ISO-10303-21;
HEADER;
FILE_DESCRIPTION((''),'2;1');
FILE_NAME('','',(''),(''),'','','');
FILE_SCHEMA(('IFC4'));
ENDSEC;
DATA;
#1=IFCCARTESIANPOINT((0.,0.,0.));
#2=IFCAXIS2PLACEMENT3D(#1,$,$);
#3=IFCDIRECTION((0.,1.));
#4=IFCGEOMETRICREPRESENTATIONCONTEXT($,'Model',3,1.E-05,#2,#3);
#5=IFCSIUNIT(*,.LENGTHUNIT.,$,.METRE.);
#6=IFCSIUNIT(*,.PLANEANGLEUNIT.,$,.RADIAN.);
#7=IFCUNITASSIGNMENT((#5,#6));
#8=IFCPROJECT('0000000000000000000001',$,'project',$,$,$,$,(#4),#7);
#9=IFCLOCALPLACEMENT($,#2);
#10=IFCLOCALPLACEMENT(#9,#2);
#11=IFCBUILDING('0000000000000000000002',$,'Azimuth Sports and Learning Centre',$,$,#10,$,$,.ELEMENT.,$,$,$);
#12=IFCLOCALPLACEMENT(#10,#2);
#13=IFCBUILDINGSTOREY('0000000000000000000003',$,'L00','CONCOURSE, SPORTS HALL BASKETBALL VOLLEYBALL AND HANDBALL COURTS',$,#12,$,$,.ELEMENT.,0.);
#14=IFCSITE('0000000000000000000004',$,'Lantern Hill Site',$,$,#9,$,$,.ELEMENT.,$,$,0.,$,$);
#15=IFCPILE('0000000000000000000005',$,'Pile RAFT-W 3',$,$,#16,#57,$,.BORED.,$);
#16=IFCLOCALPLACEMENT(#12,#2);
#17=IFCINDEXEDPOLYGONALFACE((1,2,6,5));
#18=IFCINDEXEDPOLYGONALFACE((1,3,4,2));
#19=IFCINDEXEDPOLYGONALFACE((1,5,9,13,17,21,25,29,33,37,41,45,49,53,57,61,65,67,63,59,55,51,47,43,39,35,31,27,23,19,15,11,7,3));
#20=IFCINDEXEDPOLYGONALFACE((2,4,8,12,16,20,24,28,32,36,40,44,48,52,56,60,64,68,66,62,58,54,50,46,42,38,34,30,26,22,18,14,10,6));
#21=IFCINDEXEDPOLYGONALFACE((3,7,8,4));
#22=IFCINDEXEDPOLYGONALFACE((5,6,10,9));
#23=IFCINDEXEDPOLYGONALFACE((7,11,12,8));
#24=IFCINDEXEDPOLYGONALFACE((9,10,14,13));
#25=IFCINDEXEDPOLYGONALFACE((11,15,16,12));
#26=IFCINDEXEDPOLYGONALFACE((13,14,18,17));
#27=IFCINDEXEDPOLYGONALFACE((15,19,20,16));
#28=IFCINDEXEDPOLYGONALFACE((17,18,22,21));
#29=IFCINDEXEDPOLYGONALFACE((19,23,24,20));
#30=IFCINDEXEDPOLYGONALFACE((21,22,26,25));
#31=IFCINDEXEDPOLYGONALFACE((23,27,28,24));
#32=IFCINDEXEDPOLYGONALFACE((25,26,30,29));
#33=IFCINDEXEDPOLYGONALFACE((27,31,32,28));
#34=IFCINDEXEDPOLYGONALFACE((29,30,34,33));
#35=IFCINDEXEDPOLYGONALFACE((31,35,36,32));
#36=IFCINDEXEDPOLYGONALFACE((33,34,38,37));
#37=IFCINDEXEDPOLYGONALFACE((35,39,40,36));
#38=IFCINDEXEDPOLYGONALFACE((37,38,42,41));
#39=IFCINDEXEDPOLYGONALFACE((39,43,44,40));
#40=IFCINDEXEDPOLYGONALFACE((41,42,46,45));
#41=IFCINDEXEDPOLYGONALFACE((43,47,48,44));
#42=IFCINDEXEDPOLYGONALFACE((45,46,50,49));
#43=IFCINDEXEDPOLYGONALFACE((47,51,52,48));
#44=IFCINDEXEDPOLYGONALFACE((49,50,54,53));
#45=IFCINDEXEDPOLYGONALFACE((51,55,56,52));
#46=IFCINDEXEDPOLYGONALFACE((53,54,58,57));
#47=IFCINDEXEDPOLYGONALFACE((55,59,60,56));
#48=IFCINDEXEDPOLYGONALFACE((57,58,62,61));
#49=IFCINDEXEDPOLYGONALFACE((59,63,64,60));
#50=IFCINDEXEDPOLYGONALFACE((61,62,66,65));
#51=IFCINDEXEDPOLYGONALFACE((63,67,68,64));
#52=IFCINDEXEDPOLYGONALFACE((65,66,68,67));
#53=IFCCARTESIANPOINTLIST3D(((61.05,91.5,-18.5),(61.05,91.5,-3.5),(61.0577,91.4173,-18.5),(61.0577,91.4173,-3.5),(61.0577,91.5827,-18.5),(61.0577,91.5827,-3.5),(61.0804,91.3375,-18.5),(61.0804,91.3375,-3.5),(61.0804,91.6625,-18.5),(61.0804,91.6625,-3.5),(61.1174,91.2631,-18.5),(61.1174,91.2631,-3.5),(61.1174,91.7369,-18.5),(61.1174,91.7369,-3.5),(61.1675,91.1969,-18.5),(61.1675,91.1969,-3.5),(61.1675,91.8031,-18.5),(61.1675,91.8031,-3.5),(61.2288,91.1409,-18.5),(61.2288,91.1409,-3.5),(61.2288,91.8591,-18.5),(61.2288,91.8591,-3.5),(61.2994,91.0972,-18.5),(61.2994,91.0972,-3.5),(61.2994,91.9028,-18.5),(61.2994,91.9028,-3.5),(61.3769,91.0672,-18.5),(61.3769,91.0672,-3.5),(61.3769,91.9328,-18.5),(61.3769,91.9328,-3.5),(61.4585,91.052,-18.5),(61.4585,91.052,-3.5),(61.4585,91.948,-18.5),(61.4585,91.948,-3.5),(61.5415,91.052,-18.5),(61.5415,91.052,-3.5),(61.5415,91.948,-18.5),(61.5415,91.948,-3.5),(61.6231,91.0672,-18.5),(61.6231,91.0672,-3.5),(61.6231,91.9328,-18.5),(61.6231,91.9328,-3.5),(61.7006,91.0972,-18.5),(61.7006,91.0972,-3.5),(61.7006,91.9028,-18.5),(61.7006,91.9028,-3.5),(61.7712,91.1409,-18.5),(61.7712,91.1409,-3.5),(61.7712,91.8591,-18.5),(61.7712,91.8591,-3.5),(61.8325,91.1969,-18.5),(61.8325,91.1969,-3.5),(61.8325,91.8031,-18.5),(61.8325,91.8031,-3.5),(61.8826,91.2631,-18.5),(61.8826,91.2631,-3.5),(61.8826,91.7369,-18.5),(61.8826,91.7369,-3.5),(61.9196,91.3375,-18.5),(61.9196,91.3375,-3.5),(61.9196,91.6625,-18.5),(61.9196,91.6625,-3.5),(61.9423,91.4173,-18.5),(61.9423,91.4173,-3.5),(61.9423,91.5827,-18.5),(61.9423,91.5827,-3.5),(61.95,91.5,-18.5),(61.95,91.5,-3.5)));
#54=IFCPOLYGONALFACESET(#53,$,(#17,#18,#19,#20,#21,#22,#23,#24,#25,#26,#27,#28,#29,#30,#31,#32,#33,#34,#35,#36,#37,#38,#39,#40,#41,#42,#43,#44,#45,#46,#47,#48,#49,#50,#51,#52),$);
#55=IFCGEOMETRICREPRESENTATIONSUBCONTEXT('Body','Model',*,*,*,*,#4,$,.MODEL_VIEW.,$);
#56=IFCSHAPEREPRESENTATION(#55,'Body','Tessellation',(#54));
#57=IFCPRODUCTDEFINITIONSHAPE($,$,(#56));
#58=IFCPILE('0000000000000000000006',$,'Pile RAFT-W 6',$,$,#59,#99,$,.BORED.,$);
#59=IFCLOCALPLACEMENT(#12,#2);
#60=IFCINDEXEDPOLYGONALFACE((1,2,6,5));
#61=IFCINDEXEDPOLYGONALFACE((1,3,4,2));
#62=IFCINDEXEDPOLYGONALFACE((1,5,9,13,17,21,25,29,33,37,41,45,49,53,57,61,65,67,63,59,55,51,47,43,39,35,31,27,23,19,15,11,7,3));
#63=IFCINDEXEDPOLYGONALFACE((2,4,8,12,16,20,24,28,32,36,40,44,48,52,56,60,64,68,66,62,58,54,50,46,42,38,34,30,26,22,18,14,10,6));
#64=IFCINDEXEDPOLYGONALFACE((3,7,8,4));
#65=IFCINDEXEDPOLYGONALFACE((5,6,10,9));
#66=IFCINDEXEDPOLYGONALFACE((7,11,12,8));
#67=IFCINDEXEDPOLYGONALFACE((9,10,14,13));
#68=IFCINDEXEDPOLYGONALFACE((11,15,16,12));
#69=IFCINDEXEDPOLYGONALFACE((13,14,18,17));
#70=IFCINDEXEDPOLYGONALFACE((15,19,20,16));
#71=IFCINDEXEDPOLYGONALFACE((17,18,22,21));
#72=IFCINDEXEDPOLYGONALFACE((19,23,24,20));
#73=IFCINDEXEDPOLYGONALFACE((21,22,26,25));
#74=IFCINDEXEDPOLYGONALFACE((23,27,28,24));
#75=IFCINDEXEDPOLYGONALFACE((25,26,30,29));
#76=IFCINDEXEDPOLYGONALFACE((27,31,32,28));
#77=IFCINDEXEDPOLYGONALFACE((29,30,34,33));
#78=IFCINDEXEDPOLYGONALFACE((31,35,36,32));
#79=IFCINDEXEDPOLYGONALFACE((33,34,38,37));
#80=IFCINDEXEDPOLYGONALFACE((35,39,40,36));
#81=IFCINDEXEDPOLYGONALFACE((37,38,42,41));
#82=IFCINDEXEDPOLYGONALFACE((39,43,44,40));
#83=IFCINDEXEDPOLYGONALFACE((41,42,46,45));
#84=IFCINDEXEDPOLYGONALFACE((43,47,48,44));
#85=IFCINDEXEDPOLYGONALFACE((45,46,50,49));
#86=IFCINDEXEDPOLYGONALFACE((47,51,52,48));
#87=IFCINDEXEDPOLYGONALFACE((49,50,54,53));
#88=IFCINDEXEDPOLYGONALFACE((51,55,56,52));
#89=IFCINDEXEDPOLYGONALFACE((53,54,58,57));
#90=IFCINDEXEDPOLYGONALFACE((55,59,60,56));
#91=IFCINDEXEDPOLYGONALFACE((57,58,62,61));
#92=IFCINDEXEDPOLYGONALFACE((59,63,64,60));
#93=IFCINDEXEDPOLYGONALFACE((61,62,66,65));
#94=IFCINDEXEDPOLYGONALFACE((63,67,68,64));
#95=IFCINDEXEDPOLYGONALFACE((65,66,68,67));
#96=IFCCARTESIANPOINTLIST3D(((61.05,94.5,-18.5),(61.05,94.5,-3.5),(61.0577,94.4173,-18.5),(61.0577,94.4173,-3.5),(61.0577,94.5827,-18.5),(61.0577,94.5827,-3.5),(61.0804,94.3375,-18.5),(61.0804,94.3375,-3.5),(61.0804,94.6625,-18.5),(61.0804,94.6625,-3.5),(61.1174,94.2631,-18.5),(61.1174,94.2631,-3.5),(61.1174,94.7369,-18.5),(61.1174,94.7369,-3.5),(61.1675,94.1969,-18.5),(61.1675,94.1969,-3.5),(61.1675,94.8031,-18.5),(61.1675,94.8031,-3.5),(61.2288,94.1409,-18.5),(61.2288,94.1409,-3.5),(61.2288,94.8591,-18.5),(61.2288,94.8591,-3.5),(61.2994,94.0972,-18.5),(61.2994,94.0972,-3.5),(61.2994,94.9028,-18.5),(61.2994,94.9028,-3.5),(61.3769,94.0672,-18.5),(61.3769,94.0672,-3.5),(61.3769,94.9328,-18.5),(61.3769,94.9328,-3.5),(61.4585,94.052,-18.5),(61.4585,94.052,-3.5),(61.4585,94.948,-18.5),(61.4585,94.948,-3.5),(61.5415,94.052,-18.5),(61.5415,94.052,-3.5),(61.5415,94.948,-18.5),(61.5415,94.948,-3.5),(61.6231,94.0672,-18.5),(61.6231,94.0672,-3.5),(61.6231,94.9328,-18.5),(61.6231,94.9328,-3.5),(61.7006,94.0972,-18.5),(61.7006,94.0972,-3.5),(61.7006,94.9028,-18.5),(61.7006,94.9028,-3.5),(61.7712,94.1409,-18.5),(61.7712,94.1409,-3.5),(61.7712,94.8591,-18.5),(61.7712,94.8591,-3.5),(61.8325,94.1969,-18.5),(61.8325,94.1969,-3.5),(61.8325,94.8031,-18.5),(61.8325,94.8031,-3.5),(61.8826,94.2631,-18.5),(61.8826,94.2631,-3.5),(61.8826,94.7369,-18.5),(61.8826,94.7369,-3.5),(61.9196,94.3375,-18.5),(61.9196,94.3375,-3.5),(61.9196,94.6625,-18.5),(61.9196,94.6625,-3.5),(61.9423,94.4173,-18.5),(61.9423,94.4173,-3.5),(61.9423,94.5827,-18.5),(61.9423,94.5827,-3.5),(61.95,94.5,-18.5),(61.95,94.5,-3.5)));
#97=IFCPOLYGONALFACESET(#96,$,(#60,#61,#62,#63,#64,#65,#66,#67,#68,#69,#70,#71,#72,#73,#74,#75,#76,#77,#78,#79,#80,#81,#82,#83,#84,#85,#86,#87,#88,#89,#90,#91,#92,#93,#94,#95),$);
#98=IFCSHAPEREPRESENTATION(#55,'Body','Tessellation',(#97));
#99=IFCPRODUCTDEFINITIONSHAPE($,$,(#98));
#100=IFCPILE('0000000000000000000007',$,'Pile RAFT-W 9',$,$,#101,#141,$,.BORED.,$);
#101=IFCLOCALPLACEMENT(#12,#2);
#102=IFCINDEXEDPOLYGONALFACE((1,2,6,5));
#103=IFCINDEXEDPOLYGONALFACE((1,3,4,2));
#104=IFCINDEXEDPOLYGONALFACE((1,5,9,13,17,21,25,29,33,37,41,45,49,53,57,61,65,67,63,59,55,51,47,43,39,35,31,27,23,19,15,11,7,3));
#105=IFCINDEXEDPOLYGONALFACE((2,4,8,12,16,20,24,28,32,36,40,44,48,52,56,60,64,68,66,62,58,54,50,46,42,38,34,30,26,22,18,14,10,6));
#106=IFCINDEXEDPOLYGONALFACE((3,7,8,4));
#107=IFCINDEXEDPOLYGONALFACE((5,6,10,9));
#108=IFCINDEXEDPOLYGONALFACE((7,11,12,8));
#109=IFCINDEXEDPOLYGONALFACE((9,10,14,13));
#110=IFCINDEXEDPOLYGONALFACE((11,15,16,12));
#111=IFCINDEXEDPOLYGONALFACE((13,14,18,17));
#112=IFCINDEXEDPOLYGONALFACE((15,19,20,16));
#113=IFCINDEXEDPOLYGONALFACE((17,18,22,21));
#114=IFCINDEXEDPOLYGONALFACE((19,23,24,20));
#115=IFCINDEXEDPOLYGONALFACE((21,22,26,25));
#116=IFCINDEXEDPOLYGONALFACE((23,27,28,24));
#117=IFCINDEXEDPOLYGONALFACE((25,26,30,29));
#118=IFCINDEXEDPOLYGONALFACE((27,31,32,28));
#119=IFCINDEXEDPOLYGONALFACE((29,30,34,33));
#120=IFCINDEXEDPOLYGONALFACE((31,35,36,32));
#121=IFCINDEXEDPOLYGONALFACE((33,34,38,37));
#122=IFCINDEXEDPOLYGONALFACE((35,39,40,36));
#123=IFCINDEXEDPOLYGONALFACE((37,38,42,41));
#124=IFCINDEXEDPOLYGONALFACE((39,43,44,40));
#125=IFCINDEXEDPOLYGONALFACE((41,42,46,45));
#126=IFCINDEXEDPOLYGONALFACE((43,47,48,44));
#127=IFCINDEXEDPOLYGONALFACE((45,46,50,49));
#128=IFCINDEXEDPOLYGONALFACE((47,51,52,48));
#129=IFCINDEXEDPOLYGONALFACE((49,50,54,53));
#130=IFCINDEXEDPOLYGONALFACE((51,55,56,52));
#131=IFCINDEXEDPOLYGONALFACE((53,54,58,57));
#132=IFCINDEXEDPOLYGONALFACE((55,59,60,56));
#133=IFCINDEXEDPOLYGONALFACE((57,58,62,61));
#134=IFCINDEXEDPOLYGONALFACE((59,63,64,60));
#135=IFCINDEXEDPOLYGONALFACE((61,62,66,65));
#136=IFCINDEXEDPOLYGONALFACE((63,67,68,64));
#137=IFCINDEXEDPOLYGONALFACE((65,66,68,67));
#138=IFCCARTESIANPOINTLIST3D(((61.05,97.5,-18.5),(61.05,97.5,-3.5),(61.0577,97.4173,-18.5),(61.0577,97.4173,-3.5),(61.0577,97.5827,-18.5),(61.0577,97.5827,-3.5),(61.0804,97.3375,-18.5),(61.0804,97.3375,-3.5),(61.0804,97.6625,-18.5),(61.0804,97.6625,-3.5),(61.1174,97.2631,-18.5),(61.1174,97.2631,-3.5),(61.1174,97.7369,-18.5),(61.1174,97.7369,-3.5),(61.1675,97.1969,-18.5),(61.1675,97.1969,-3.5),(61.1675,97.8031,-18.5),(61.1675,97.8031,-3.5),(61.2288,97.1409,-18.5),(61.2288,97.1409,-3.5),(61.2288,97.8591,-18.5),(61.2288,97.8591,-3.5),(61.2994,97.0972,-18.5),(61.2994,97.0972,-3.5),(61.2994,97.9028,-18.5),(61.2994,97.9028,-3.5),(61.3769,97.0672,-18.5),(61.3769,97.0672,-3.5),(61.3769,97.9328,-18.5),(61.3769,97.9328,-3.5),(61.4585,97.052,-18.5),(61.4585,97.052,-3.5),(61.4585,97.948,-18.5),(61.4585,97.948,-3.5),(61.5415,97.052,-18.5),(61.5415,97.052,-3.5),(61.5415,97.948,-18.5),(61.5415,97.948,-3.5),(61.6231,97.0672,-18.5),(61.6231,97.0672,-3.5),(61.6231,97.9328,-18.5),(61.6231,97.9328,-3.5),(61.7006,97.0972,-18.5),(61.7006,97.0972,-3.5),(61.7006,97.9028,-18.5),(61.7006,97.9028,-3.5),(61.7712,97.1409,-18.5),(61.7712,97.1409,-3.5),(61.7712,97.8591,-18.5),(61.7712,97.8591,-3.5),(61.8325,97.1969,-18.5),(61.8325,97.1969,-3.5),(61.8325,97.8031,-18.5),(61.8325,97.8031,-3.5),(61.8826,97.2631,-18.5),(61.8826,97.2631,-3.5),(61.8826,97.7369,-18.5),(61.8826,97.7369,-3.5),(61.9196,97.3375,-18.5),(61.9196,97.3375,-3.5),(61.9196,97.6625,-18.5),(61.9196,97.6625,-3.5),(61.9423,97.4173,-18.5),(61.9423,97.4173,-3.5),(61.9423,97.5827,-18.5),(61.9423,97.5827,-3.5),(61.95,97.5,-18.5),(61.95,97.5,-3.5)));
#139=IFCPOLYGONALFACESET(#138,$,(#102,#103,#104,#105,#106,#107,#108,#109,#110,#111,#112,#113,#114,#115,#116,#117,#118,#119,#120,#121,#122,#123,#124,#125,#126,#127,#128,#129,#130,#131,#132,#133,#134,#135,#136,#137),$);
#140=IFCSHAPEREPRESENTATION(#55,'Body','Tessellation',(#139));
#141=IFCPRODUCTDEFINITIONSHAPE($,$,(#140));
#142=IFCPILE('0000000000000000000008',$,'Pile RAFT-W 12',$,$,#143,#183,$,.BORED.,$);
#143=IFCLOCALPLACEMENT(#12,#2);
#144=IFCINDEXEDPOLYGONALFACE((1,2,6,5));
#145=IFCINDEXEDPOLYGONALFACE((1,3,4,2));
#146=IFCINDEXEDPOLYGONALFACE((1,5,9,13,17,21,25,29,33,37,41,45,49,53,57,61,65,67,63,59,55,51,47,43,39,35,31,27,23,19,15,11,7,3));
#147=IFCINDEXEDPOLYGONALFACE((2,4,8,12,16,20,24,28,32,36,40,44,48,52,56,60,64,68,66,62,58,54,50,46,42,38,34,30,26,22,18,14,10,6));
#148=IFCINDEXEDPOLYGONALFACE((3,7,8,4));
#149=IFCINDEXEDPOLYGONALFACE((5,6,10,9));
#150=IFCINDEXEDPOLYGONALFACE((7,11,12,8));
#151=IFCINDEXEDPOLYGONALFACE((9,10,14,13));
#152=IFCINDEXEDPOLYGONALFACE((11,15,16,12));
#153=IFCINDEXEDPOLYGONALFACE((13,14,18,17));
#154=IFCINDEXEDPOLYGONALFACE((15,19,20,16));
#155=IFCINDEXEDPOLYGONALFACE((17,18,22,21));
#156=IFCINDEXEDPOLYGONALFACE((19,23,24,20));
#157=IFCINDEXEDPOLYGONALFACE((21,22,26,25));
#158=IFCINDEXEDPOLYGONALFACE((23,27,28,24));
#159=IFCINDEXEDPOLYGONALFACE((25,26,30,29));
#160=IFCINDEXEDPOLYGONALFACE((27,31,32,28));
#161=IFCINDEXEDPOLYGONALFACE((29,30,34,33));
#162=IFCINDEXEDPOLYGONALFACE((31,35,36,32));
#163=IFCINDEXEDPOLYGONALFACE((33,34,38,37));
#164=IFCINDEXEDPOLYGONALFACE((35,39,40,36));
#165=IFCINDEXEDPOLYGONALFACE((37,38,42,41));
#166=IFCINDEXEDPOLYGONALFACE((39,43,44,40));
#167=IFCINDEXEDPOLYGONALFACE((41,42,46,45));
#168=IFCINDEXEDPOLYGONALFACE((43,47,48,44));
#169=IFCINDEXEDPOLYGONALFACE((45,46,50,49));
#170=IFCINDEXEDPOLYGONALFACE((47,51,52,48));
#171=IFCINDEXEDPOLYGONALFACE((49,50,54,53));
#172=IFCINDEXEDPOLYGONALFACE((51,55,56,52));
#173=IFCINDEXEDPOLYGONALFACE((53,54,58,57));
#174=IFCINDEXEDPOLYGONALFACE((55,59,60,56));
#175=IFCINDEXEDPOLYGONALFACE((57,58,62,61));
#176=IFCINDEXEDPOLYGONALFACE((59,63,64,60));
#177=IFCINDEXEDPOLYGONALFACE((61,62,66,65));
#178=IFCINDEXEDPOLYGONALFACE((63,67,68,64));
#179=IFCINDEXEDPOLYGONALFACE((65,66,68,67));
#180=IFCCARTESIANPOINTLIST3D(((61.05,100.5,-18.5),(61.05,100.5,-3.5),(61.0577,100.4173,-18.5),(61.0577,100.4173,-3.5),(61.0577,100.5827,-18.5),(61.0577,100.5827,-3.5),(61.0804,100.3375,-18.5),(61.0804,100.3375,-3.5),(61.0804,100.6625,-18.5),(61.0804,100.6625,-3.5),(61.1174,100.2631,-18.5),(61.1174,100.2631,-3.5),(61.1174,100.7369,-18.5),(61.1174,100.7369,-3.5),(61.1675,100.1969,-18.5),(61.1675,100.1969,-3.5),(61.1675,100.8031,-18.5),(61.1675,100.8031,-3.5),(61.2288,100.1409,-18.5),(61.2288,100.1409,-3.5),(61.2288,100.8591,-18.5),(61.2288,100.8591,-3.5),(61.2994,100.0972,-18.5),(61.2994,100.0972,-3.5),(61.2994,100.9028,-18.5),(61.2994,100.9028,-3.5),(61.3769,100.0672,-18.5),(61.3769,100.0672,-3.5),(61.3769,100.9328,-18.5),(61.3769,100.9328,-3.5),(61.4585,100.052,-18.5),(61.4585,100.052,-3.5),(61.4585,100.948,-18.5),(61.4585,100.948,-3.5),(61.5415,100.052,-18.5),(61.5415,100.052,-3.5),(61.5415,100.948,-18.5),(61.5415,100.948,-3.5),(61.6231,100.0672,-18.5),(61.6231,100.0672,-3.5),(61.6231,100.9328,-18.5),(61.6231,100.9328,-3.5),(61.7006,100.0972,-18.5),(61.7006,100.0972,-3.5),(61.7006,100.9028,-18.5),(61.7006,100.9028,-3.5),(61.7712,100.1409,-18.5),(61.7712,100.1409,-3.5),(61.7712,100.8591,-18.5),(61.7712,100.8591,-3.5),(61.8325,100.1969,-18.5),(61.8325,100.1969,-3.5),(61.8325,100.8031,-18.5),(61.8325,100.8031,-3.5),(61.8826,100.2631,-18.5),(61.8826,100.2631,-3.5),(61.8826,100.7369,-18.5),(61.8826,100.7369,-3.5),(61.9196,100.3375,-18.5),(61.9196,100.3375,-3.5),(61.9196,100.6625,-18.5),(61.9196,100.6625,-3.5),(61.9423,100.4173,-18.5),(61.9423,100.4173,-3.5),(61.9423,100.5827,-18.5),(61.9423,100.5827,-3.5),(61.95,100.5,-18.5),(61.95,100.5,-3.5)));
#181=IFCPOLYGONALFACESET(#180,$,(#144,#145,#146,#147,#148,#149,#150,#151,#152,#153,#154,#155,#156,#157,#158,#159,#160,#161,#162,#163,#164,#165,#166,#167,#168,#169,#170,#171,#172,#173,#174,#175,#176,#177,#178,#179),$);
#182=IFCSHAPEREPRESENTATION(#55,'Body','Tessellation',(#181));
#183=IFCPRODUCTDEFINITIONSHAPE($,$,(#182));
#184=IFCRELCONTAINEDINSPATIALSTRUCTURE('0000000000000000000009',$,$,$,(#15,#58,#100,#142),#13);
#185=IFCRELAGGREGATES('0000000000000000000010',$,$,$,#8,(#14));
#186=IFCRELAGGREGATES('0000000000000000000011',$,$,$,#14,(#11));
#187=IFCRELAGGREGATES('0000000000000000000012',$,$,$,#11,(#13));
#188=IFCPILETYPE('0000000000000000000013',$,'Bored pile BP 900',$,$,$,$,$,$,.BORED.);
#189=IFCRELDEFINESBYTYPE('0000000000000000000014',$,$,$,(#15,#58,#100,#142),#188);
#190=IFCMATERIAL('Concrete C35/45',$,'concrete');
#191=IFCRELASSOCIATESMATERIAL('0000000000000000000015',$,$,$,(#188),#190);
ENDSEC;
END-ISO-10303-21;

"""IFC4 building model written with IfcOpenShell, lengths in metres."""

from ifc_helpers import new_model, si_unit, direction, frame, origin, origin_2d, place, context, subcontext, project, spatial, circle, extrude, material, material_profile, profile_set, type_object, element, save


model = new_model("IFC4")

# Units and contexts
model_context = context("Model", 3, precision=1e-05, world=origin(), true_north=direction((0.0, 1.0)))
body_context = subcontext(model_context, "Body", "Model", "MODEL_VIEW")
ifc_project = project(units=[si_unit("LENGTHUNIT", "METRE"), si_unit("PLANEANGLEUNIT", "RADIAN")], contexts=[model_context])

# Site, building, storey
site_placement = place(None, origin())
site = spatial("IfcSite", under=ifc_project, at=site_placement, Name="Lantern Hill Site", CompositionType="ELEMENT", RefElevation=0.0)
building_placement = place(site_placement, origin())
building = spatial("IfcBuilding", under=site, at=building_placement, Name="Azimuth Sports and Learning Centre", CompositionType="ELEMENT")
storey_placement = place(building_placement, origin())
storey = spatial("IfcBuildingStorey", under=building, at=storey_placement, Name="L00", Description="CONCOURSE, SPORTS HALL BASKETBALL VOLLEYBALL AND HANDBALL COURTS", CompositionType="ELEMENT", Elevation=0.0)

# Piles
ifc_material_1 = material(Name="Concrete C35/45", Category="concrete")
ifc_material_profile_1 = material_profile(ifc_material_1, circle(Radius=0.45, at=origin_2d()), Name="BP 900")
ifc_profile_set_1 = profile_set([ifc_material_profile_1], Name="Concrete C35/45")
pile_type = type_object("IfcPileType", Name="Bored pile BP 900", PredefinedType="BORED", material=ifc_profile_set_1)
for number, where, z_axis, x_axis, name in (
    (1, (61.5, 91.5, -3.5), (0.0, 0.0, -1.0), (1.0, 0.0, 0.0), "Pile RAFT-W 3"),
    (2, (61.5, 94.5, -3.5), (0.0, 0.0, -1.0), (1.0, 0.0, 0.0), "Pile RAFT-W 6"),
    (3, (61.5, 97.5, -3.5), (0.0, 0.0, -1.0), (1.0, 0.0, 0.0), "Pile RAFT-W 9"),
    (4, (61.5, 100.5, -3.5), (0.0, 0.0, -1.0), (1.0, 0.0, 0.0), "Pile RAFT-W 12"),
):
    element("IfcPile", number, at=place(storey_placement, frame(where, z_axis=z_axis, x_axis=x_axis)), inside=storey, type_object=pile_type, Name=name, PredefinedType="BORED", context=body_context, shape_type="SweptSolid", body=[
        extrude(circle(Radius=0.45, at=origin_2d()), origin(), (0.0, 0.0, 1.0), 15.0),
    ])

save(model, "model.ifc")
